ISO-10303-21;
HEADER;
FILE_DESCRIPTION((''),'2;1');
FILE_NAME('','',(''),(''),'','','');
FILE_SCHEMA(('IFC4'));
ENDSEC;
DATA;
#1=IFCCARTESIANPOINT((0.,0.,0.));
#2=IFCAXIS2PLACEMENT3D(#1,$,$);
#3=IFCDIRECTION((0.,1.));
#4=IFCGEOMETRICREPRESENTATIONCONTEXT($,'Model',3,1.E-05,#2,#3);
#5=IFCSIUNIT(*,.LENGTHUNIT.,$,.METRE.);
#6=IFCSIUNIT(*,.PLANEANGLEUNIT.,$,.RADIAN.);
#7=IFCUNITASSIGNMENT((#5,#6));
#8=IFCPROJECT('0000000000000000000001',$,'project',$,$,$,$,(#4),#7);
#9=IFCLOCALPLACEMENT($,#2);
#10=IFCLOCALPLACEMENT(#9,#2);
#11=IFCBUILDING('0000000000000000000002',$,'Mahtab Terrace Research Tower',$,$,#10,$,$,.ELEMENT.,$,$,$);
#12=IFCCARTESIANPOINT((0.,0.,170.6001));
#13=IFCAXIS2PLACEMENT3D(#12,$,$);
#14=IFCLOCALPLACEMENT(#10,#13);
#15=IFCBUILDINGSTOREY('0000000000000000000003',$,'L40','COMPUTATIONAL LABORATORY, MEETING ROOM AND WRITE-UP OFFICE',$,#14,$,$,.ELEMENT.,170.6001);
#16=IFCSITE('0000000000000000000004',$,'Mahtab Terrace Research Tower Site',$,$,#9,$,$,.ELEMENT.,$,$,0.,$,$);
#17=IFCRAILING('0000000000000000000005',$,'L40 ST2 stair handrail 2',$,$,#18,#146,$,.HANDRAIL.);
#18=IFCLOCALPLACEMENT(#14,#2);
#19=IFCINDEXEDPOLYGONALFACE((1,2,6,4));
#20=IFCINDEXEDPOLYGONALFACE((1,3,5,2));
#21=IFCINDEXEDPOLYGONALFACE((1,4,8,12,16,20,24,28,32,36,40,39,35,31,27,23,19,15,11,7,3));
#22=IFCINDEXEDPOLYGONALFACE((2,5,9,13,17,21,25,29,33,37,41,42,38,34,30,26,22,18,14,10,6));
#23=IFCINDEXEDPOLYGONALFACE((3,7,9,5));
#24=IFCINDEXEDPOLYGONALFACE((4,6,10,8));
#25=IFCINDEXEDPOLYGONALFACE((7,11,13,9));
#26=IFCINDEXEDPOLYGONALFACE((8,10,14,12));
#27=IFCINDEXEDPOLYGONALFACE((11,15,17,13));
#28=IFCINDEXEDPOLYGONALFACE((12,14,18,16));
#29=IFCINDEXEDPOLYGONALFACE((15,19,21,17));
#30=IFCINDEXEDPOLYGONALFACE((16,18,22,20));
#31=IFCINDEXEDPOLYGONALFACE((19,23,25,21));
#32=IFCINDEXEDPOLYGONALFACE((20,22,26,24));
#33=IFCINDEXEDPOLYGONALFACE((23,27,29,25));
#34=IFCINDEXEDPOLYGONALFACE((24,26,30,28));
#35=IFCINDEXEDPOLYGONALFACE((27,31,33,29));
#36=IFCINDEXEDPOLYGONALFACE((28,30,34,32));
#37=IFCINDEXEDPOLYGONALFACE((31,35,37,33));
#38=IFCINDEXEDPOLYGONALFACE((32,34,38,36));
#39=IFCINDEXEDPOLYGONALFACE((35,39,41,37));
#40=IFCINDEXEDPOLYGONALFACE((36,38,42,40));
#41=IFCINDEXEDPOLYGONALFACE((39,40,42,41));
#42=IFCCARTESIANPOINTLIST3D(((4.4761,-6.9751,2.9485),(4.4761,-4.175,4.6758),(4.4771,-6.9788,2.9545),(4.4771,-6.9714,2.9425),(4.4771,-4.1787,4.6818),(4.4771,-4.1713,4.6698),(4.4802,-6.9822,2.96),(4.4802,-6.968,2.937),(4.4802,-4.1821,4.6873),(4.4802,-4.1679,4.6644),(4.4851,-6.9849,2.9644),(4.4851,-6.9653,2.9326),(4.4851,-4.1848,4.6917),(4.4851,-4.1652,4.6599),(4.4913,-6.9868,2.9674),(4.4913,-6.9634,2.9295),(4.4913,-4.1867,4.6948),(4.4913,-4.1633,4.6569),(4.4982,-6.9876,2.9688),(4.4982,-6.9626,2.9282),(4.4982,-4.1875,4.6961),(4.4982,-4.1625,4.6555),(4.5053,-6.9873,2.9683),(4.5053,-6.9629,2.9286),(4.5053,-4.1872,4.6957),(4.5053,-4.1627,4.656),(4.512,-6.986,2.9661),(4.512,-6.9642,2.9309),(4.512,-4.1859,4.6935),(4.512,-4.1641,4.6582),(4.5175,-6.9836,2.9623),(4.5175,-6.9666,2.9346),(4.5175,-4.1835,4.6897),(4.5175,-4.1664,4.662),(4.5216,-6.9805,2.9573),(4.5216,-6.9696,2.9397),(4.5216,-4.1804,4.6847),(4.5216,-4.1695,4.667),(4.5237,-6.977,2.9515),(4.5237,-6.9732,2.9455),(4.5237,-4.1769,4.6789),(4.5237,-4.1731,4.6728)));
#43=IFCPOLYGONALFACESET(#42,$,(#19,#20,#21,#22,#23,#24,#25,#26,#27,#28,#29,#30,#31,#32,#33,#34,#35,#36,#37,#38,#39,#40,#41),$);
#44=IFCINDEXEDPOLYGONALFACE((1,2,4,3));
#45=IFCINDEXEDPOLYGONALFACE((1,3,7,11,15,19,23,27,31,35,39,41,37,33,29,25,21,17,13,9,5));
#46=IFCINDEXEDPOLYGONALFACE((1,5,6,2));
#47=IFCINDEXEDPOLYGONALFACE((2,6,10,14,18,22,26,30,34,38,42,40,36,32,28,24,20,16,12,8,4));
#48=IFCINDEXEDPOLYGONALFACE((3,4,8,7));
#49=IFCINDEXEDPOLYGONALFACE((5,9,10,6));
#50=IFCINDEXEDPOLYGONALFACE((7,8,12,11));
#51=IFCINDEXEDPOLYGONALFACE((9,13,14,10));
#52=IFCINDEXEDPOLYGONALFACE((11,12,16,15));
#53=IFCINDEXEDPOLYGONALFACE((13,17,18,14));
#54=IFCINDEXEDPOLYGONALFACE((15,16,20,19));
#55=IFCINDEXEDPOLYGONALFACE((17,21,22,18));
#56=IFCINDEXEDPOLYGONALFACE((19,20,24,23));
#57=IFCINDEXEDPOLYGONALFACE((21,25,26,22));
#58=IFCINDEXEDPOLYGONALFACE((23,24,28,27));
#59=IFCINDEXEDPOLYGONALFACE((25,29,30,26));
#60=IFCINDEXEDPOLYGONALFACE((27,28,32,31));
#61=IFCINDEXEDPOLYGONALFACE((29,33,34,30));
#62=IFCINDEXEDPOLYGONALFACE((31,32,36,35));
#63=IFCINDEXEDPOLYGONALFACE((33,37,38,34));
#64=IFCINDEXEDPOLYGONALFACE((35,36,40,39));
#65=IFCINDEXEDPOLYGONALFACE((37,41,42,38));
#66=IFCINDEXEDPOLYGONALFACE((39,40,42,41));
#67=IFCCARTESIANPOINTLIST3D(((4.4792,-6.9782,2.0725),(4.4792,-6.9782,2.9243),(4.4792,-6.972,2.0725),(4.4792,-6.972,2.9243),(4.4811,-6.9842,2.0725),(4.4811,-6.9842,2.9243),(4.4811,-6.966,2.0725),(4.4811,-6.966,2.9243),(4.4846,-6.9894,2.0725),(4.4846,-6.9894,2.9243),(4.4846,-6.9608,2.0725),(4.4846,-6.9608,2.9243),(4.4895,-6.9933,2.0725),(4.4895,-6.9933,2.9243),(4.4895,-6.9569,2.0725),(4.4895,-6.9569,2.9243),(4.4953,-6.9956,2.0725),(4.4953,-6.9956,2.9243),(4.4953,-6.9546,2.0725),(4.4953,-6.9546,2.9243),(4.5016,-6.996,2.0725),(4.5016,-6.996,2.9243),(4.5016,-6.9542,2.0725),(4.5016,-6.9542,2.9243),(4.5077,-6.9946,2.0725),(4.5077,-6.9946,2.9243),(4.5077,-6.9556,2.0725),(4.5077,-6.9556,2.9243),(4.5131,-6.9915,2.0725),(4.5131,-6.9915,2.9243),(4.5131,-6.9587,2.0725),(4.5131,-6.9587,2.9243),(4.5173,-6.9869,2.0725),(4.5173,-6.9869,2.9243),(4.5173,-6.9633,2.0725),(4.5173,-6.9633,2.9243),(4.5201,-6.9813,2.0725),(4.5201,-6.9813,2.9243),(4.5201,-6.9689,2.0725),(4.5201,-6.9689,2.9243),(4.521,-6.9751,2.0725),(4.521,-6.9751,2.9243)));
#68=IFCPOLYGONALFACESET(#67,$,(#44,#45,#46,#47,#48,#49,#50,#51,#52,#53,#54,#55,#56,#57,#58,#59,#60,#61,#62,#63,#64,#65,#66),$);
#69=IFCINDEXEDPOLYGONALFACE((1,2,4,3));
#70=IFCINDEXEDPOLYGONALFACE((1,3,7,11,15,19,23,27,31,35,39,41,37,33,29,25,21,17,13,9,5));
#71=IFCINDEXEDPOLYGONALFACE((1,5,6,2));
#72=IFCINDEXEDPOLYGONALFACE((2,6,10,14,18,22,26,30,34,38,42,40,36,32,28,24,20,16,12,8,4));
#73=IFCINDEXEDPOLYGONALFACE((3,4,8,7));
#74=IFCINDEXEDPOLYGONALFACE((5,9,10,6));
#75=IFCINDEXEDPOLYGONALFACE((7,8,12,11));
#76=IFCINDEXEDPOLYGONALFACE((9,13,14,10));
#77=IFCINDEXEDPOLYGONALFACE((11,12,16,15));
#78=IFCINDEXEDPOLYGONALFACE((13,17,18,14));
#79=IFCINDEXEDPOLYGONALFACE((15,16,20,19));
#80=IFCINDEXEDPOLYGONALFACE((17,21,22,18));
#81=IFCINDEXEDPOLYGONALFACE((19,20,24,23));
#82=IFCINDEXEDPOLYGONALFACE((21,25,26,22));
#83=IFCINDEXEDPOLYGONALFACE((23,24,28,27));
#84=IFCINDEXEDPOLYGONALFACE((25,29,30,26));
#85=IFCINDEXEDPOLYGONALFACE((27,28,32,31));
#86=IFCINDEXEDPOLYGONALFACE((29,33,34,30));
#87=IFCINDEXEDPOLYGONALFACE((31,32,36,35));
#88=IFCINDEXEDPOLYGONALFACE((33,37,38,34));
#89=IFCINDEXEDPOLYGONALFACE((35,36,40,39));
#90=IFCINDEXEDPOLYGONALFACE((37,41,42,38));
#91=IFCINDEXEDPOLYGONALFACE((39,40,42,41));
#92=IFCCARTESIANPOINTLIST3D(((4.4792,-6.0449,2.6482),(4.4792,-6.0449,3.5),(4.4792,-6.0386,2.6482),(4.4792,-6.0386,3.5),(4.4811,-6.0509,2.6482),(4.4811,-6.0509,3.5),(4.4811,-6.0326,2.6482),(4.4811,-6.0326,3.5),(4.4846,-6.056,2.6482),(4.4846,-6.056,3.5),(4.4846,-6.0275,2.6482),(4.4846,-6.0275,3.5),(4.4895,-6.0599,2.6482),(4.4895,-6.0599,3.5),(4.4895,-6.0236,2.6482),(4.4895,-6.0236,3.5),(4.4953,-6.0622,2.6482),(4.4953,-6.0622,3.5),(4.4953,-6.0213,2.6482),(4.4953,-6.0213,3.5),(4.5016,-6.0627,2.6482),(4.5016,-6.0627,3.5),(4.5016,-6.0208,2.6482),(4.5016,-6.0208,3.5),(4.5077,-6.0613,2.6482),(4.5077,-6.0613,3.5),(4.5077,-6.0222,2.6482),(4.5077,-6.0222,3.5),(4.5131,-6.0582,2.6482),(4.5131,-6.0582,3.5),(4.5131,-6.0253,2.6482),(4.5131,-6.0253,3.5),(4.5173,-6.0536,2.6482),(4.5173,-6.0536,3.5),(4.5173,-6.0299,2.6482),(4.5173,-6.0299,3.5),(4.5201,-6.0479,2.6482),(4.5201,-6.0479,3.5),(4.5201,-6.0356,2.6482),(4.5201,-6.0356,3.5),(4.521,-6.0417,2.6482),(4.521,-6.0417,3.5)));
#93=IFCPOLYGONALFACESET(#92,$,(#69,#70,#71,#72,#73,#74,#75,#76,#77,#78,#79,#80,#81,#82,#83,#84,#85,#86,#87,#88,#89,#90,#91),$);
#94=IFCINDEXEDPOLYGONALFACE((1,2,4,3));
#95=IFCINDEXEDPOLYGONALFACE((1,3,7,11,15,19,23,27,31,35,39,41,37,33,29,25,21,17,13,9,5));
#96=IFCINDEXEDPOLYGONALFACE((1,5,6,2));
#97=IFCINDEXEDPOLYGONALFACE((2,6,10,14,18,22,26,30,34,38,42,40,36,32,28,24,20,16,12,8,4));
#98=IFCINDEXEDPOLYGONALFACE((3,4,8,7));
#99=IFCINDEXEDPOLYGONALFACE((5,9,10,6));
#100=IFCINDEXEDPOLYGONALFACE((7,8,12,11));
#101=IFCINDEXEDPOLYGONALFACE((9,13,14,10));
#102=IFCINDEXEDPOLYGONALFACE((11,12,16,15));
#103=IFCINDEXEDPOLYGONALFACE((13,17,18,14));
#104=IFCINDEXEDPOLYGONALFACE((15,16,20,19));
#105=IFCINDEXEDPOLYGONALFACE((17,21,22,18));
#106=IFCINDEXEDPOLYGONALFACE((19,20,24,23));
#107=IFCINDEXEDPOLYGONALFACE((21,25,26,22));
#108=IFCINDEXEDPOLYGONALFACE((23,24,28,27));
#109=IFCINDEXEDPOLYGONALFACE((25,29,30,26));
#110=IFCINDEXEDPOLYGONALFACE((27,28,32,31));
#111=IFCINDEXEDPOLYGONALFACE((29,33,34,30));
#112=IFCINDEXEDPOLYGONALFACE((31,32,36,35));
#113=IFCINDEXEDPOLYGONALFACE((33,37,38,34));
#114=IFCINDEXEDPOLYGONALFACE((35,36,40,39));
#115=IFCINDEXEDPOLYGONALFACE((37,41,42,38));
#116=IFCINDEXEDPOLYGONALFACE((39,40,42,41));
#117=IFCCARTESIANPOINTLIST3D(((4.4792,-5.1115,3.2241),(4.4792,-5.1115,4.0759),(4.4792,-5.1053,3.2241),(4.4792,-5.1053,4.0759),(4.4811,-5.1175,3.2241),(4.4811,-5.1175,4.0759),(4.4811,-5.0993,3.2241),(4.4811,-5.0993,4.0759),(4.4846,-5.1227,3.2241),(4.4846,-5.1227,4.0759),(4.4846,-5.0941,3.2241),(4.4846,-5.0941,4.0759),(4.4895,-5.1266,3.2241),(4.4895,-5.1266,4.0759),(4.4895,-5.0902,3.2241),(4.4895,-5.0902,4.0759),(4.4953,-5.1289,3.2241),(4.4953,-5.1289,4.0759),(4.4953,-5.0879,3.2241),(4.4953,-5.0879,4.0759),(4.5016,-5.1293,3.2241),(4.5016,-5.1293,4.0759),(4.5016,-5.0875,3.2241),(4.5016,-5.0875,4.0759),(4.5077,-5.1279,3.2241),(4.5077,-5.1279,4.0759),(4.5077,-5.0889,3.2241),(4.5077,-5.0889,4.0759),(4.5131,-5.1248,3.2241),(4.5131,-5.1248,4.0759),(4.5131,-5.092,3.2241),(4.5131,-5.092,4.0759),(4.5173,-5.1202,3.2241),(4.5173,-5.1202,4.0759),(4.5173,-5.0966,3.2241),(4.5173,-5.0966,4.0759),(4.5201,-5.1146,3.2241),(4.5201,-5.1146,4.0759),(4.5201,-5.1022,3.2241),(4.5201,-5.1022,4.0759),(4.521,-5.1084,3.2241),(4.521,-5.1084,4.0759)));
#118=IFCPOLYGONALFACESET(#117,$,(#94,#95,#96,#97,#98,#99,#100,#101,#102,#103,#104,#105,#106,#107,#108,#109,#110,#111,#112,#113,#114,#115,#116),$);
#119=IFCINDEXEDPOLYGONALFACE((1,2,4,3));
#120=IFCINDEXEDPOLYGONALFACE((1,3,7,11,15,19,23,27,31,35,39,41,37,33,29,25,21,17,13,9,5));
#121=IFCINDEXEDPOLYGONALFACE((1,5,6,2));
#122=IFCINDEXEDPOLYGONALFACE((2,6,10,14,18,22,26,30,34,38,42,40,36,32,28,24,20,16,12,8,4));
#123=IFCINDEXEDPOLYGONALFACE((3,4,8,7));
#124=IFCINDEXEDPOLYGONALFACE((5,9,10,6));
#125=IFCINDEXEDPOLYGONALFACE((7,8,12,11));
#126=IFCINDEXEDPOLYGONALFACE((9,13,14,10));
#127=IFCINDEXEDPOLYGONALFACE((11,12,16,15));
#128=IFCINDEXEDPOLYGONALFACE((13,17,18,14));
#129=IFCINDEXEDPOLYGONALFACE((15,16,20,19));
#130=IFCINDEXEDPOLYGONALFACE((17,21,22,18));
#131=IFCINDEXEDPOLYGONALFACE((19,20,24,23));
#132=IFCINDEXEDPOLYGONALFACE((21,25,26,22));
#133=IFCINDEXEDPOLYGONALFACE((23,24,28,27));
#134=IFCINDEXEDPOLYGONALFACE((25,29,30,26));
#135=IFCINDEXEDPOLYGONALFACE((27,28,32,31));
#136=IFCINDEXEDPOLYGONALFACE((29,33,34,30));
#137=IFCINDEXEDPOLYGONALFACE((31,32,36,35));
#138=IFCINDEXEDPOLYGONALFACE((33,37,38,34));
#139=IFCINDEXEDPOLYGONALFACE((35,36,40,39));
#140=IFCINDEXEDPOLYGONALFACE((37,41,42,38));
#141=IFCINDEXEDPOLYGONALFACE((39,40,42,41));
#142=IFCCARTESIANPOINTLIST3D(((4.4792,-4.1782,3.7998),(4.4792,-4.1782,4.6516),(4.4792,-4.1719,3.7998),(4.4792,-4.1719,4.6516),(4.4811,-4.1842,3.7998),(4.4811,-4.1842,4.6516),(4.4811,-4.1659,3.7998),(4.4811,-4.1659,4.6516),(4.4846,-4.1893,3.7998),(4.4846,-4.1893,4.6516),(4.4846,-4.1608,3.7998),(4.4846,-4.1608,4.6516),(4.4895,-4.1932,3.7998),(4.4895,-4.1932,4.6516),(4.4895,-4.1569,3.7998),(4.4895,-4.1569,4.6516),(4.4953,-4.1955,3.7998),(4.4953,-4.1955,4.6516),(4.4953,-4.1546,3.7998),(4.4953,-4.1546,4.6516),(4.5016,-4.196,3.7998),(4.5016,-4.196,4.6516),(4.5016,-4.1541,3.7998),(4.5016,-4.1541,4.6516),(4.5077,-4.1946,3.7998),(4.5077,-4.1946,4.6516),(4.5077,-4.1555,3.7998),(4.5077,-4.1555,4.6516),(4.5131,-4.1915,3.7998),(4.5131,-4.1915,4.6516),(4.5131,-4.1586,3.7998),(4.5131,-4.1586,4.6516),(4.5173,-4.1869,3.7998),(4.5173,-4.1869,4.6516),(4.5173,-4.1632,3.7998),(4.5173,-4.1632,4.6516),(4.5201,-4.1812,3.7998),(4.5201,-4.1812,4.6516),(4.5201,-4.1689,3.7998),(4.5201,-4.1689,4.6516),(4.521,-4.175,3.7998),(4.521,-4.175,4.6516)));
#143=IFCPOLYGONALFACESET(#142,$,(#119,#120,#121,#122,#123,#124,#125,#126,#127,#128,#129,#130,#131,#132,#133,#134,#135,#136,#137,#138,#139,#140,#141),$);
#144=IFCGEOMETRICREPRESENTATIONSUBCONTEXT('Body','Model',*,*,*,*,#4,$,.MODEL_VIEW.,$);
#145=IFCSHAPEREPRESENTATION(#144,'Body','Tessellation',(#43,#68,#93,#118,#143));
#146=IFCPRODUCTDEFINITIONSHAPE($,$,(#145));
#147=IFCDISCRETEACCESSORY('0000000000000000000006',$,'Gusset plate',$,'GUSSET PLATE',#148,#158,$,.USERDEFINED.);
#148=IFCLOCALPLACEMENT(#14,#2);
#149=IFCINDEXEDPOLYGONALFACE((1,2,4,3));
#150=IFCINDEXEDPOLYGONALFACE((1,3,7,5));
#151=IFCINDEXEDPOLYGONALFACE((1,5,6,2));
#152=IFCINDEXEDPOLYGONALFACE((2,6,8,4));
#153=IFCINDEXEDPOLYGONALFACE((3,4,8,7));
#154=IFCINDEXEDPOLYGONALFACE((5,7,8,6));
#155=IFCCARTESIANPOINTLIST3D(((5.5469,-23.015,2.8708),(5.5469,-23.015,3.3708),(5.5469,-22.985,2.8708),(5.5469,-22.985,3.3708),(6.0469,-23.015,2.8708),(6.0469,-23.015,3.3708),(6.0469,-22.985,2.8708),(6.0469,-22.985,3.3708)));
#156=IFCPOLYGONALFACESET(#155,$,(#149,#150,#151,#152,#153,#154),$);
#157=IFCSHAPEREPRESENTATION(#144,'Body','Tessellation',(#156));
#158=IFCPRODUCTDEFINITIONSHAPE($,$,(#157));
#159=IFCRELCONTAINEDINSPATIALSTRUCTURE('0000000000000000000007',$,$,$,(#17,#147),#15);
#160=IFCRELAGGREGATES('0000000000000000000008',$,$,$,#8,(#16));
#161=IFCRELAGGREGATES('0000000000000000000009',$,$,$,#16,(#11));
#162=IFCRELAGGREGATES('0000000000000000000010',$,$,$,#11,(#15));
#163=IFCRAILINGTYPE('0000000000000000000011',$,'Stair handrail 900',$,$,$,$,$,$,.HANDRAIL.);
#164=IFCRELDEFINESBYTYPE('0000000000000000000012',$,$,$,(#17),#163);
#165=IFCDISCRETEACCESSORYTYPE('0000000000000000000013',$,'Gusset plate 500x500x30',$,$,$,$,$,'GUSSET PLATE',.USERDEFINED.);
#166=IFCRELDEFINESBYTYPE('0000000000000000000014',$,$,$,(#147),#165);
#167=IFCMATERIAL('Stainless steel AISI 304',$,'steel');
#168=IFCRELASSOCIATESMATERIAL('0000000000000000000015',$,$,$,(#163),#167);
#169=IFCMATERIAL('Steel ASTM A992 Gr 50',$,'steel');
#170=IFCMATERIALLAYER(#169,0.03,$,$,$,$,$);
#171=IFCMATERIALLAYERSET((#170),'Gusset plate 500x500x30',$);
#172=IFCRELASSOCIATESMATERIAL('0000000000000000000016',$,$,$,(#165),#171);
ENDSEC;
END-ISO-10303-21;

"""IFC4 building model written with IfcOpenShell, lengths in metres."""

from ifc_helpers import new_model, si_unit, direction, frame, origin, origin_2d, place, context, subcontext, project, spatial, rectangle, circle, extrude, material, layer, layer_set, type_object, element, save


model = new_model("IFC4")

# Units and contexts
model_context = context("Model", 3, precision=1e-05, world=origin(), true_north=direction((0.0, 1.0)))
body_context = subcontext(model_context, "Body", "Model", "MODEL_VIEW")
ifc_project = project(units=[si_unit("LENGTHUNIT", "METRE"), si_unit("PLANEANGLEUNIT", "RADIAN")], contexts=[model_context])

# Site, building, storey
site_placement = place(None, origin())
site = spatial("IfcSite", under=ifc_project, at=site_placement, Name="Mahtab Terrace Research Tower Site", CompositionType="ELEMENT", RefElevation=0.0)
building_placement = place(site_placement, origin())
building = spatial("IfcBuilding", under=site, at=building_placement, Name="Mahtab Terrace Research Tower", CompositionType="ELEMENT")
storey_placement = place(building_placement, frame((0.0, 0.0, 170.6001)))
storey = spatial("IfcBuildingStorey", under=building, at=storey_placement, Name="L40", Description="COMPUTATIONAL LABORATORY, MEETING ROOM AND WRITE-UP OFFICE", CompositionType="ELEMENT", Elevation=170.6001)

# Shared definitions
ifc_material_1 = material(Name="Steel ASTM A992 Gr 50", Category="steel")

# Railing
ifc_material_2 = material(Name="Stainless steel AISI 304", Category="steel")
railing_type_1 = type_object("IfcRailingType", Name="Stair handrail 900", PredefinedType="HANDRAIL", material=ifc_material_2)
railing_1_placement = place(storey_placement, frame((4.5, -6.9751, 2.0725)))
element("IfcRailing", 1, at=railing_1_placement, inside=storey, type_object=railing_type_1, Name="L40 ST2 stair handrail 2", PredefinedType="HANDRAIL", context=body_context, shape_type="SweptSolid", body=[
    extrude(circle(Radius=0.0239, at=origin_2d()), frame((0.0, 0.0, 0.876), z_axis=(0.0, 0.85109, 0.52502), x_axis=(-1.0, 0.0, 0.0)), (0.0, 0.0, 1.0), 3.29),
    extrude(circle(Radius=0.021, at=origin_2d()), origin(), (0.0, 0.0, 1.0), 0.8518),
    extrude(circle(Radius=0.021, at=origin_2d()), frame((0.0, 0.9333, 0.5757)), (0.0, 0.0, 1.0), 0.8518),
    extrude(circle(Radius=0.021, at=origin_2d()), frame((0.0, 1.8667, 1.1516)), (0.0, 0.0, 1.0), 0.8518),
    extrude(circle(Radius=0.021, at=origin_2d()), frame((0.0, 2.8, 1.7273)), (0.0, 0.0, 1.0), 0.8518),
])

# Discrete accessory
ifc_layer_1 = layer(ifc_material_1, 0.03)
ifc_layer_set_1 = layer_set([ifc_layer_1], Name="Gusset plate 500x500x30")
discrete_accessory_type = type_object("IfcDiscreteAccessoryType", Name="Gusset plate 500x500x30", ElementType="GUSSET PLATE", PredefinedType="USERDEFINED", material=ifc_layer_set_1)
discrete_accessory_placement = place(storey_placement, frame((5.7969, -23.0, 2.8708), z_axis=(0.0, 0.0, 1.0), x_axis=(1.0, 0.0, 0.0)))
element("IfcDiscreteAccessory", 2, at=discrete_accessory_placement, inside=storey, type_object=discrete_accessory_type, Name="Gusset plate", ObjectType="GUSSET PLATE", PredefinedType="USERDEFINED", context=body_context, shape_type="SweptSolid", body=[
    extrude(rectangle(XDim=0.5, YDim=0.03, at=origin_2d()), origin(), (0.0, 0.0, 1.0), 0.5),
])

save(model, "model.ifc")
